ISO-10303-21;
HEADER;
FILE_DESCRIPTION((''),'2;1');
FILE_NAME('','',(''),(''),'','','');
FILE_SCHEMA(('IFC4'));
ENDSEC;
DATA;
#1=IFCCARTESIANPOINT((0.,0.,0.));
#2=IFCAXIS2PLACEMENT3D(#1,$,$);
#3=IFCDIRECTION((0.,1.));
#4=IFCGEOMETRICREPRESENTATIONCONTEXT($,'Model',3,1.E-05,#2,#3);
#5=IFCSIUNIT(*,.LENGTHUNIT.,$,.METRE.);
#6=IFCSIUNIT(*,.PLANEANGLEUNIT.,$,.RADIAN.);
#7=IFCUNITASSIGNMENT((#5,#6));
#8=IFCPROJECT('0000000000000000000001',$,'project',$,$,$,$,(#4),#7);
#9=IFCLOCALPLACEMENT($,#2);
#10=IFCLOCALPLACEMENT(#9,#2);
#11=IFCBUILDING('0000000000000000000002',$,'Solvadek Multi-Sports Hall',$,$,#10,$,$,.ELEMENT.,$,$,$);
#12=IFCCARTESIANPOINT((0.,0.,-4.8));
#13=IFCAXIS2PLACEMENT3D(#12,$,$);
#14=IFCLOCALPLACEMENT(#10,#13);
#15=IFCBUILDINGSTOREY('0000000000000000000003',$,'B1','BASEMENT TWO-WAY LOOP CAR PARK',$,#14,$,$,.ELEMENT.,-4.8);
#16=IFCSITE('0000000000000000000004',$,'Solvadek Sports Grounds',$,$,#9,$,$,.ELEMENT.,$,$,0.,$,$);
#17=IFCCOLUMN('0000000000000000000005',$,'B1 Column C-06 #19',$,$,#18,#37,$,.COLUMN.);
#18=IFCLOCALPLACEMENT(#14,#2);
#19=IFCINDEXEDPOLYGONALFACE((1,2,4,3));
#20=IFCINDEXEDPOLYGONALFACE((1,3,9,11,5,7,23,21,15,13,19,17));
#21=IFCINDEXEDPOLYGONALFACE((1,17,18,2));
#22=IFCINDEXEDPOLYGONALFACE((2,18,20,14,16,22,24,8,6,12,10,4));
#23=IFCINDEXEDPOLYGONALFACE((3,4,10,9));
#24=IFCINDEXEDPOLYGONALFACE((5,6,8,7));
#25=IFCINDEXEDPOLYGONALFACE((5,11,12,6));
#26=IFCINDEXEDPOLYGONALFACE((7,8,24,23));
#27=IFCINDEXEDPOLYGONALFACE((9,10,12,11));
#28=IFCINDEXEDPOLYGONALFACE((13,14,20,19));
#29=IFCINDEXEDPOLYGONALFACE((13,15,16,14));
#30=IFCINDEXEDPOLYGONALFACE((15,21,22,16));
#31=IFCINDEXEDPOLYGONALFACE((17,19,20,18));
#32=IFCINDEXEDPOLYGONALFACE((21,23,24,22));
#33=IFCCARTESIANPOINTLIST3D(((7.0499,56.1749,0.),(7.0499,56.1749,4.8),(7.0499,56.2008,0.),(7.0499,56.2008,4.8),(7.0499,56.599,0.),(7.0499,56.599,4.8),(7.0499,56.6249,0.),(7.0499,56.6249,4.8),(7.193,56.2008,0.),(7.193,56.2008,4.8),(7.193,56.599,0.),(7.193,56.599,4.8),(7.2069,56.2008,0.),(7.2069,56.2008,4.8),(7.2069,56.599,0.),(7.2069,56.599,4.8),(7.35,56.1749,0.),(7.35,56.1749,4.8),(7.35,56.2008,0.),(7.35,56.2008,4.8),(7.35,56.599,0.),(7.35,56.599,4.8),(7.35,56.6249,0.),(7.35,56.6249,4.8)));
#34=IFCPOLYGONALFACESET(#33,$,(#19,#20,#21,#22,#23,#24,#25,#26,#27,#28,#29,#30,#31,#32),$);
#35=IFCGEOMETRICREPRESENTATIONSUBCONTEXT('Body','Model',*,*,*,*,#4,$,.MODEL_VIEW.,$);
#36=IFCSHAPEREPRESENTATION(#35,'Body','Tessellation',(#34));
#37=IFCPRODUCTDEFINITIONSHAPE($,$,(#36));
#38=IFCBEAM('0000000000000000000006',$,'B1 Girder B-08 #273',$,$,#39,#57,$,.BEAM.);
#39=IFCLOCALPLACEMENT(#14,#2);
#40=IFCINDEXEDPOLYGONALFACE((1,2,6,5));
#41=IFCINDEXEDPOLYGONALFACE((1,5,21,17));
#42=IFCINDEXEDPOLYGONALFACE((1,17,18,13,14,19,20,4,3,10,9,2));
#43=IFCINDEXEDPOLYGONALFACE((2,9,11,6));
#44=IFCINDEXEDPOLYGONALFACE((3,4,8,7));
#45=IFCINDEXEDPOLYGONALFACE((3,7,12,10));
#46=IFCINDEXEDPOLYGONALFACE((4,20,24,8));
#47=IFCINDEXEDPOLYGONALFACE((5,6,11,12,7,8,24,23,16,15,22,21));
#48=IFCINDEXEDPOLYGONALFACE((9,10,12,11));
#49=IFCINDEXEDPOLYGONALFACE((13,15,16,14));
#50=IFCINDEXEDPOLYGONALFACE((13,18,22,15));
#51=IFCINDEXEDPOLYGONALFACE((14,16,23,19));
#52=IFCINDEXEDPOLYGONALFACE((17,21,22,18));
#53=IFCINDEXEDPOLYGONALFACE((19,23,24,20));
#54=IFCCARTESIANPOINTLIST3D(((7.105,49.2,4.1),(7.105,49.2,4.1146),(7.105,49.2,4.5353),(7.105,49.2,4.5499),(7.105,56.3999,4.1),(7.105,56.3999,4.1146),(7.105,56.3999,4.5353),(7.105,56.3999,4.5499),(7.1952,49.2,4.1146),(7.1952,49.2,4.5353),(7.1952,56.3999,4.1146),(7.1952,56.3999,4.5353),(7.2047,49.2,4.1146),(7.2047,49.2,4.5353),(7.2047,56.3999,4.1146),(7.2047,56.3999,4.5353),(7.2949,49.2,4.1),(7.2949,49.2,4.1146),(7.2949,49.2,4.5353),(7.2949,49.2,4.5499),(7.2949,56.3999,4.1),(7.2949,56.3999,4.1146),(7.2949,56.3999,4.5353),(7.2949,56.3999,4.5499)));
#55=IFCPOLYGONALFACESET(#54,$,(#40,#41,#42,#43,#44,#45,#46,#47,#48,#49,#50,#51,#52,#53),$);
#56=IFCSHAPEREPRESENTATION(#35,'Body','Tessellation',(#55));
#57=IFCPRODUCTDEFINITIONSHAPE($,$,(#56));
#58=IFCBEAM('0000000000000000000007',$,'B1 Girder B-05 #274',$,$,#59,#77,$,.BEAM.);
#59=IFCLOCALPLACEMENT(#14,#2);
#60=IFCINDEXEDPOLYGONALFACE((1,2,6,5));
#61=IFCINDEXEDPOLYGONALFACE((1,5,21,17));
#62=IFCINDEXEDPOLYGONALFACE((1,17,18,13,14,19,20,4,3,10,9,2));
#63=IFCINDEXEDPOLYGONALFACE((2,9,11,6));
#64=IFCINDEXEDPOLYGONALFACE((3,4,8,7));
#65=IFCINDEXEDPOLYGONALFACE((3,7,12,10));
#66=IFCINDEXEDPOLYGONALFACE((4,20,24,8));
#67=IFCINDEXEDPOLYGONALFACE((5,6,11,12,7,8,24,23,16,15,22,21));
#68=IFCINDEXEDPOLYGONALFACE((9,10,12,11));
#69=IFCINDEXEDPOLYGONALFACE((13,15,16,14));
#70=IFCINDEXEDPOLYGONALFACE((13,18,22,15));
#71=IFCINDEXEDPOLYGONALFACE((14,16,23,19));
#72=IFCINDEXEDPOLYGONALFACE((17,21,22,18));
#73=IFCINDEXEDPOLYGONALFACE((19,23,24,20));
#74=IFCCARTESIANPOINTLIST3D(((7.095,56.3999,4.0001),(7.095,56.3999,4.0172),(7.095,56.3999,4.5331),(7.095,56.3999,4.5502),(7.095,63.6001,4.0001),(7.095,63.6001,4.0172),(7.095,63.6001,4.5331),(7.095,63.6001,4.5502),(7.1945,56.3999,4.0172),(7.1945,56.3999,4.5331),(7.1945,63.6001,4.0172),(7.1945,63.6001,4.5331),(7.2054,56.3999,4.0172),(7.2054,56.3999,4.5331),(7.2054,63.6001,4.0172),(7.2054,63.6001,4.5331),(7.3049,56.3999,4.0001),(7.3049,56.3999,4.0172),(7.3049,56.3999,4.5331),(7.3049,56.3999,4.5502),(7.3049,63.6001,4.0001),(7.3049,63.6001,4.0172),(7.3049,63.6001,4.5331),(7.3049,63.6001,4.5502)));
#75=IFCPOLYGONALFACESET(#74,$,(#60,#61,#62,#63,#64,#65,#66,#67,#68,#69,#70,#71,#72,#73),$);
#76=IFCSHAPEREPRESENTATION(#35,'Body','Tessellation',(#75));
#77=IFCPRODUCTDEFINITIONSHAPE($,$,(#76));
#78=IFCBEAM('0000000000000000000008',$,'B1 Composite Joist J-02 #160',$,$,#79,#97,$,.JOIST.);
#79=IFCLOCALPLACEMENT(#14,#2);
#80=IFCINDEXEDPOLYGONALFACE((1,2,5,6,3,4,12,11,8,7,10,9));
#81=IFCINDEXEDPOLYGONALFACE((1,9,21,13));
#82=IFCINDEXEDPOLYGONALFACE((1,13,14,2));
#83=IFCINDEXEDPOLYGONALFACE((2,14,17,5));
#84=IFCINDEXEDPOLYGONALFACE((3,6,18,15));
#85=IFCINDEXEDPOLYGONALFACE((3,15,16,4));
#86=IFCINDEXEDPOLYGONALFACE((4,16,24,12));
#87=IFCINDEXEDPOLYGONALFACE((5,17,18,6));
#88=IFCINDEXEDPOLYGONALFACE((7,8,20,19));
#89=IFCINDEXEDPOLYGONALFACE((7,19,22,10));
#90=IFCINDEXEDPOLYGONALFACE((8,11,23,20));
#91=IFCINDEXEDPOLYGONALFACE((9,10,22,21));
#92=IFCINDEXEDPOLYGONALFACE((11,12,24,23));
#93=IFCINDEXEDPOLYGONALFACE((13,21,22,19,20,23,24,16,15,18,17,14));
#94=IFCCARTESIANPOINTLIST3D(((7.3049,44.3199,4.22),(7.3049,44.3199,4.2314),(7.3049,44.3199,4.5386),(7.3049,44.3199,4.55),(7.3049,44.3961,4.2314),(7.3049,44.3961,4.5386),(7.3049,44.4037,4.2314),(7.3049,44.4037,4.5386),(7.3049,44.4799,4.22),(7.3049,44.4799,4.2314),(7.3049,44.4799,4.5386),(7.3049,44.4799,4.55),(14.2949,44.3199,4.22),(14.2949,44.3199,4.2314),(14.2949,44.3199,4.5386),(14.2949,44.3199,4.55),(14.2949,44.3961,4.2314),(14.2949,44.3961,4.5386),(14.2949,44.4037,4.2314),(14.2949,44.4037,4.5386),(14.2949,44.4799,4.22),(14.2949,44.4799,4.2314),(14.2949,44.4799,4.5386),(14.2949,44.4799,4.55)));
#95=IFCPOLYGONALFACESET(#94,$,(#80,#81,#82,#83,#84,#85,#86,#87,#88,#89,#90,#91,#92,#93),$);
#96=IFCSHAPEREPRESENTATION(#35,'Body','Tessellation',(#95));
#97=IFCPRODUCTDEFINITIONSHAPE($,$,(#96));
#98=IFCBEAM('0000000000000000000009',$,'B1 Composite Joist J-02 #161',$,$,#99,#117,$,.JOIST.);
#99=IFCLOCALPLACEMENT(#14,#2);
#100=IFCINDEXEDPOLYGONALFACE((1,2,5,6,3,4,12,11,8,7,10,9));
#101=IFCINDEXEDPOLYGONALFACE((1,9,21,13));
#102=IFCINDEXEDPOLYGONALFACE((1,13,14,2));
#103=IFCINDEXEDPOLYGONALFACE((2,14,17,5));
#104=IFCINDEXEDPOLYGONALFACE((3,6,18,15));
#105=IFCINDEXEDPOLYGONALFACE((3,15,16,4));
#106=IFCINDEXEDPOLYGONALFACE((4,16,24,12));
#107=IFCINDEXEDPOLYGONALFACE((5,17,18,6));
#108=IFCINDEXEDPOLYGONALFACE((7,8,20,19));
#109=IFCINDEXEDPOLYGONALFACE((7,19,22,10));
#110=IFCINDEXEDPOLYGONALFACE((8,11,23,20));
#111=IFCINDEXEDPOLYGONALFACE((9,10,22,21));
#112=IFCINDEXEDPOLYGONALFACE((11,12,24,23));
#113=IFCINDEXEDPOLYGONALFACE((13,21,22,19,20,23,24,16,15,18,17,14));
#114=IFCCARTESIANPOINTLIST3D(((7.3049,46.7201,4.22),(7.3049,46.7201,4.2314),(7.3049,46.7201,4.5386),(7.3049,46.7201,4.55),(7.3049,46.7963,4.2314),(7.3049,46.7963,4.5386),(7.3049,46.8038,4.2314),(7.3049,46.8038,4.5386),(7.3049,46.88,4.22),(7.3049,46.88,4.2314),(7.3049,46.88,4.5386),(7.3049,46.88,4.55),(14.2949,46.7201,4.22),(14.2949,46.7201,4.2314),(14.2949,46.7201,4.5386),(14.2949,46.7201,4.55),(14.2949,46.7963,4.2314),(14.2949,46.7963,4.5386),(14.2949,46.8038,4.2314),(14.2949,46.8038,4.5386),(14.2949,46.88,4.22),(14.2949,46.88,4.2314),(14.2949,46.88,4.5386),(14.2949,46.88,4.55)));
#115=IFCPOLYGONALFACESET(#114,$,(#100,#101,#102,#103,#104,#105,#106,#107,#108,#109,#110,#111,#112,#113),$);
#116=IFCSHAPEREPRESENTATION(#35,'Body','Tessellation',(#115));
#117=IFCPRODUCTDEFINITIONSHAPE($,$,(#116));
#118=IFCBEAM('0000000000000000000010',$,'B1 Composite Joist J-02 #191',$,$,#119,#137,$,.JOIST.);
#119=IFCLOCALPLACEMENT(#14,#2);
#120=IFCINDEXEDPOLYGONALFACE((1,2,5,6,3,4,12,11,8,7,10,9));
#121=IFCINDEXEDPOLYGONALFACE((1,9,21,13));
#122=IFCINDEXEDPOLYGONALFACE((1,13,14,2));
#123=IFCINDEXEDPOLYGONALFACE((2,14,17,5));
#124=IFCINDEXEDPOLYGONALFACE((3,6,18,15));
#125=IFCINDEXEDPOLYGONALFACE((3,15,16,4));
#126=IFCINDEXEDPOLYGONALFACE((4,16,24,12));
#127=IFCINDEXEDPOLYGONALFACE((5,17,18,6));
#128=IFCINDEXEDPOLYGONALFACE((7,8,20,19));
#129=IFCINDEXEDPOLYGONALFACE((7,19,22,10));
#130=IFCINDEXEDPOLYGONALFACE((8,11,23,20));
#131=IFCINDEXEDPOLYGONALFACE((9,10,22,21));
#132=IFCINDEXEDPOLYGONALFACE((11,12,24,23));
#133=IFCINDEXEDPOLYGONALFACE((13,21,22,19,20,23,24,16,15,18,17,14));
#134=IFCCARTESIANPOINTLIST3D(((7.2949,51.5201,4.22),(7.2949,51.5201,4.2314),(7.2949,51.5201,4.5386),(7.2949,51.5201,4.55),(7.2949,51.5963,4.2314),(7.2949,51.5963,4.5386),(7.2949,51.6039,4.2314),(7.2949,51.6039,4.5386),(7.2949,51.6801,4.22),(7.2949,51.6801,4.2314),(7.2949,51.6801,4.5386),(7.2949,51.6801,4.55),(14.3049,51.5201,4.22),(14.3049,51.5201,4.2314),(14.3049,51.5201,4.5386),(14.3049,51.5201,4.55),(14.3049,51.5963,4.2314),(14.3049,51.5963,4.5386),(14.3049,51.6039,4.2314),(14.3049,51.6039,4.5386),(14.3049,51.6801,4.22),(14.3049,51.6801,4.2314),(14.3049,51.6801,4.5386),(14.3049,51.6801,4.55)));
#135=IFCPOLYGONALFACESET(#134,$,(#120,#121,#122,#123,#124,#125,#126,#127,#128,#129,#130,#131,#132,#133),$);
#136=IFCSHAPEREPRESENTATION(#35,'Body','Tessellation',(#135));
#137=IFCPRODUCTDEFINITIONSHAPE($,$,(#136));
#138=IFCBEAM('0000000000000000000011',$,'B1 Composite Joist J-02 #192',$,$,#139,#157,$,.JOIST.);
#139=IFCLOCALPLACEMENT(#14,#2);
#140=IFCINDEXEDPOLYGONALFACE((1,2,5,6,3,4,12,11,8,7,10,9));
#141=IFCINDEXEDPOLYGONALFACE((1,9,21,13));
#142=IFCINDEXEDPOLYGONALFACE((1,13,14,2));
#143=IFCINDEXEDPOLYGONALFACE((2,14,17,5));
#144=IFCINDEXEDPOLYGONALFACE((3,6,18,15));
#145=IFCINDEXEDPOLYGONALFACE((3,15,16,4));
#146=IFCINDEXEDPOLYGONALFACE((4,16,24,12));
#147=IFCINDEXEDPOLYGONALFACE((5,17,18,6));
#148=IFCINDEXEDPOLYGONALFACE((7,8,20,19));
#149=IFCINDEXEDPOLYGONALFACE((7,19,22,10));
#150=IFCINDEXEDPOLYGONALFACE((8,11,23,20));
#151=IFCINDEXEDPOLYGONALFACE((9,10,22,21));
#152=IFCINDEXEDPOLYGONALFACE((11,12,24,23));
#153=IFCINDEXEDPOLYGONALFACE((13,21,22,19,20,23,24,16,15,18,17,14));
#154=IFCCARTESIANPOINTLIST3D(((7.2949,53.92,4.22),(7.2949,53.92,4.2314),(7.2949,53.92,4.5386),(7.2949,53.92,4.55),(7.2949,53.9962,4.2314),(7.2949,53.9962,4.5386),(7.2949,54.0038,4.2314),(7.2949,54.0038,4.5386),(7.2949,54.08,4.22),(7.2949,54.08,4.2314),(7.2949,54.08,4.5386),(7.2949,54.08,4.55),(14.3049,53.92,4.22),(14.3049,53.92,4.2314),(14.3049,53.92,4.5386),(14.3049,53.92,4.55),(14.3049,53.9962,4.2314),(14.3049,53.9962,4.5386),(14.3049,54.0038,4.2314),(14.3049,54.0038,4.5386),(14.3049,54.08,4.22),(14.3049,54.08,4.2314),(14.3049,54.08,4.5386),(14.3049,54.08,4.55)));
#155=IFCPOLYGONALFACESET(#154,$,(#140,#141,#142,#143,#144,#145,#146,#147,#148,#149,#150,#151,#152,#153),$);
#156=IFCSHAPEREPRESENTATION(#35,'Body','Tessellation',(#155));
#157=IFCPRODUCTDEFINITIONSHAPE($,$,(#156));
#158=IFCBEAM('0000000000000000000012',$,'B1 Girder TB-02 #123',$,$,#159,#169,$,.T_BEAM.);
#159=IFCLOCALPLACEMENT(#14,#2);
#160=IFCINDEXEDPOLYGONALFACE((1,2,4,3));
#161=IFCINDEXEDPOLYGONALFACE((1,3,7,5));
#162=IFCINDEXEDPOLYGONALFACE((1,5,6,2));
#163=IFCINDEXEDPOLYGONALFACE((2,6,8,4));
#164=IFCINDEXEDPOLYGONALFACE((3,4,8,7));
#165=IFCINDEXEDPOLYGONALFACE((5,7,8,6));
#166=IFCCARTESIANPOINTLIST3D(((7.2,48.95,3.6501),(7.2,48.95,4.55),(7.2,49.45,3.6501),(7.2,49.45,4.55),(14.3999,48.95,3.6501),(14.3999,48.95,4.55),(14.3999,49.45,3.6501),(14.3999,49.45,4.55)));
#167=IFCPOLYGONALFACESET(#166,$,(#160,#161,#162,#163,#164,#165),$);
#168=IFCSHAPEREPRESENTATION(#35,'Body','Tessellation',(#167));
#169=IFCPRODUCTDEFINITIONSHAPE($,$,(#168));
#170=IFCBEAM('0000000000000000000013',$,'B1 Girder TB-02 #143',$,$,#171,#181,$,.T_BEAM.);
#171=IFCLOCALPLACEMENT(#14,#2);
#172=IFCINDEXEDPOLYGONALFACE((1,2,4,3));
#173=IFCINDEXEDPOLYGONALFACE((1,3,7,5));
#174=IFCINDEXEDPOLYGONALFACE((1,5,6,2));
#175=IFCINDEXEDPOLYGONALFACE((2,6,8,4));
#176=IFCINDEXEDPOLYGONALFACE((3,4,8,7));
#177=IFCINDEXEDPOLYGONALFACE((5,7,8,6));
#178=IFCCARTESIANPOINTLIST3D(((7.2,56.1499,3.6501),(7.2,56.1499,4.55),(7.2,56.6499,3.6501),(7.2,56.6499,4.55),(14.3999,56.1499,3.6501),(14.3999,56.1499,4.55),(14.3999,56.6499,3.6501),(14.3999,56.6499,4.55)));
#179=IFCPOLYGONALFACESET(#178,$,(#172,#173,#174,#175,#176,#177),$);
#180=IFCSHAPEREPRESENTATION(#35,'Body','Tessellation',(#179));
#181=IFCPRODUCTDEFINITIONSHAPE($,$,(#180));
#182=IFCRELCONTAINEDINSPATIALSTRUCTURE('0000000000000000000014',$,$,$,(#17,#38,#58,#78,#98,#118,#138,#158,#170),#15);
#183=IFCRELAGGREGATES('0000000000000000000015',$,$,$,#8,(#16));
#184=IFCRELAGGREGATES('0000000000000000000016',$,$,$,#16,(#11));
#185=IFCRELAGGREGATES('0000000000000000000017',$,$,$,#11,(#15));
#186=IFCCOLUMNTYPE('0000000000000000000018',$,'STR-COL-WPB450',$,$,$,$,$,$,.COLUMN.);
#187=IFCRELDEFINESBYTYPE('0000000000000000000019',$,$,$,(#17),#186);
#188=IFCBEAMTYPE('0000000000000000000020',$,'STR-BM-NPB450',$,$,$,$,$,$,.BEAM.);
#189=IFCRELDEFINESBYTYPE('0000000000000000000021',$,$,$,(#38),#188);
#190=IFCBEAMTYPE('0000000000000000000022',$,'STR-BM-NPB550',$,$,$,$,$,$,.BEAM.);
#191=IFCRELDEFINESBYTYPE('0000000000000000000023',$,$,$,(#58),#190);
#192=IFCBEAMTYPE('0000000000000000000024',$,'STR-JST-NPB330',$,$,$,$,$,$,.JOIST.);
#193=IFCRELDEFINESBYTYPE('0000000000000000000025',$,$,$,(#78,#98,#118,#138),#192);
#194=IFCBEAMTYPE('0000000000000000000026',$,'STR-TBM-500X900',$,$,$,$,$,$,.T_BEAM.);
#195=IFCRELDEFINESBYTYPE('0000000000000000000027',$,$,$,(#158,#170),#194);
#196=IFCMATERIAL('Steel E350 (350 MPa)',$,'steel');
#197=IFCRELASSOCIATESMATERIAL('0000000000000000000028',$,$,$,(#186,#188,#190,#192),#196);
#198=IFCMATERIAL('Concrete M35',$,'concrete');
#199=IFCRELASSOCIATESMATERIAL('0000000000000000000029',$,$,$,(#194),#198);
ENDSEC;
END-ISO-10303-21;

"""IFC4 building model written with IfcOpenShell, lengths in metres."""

from ifc_helpers import new_model, si_unit, direction, frame, origin, origin_2d, place, context, subcontext, project, spatial, rectangle, i_section, extrude, material, material_profile, profile_set, type_object, element, save


model = new_model("IFC4")

# Units and contexts
model_context = context("Model", 3, precision=1e-05, world=origin(), true_north=direction((0.0, 1.0)))
body_context = subcontext(model_context, "Body", "Model", "MODEL_VIEW")
ifc_project = project(units=[si_unit("LENGTHUNIT", "METRE"), si_unit("PLANEANGLEUNIT", "RADIAN")], contexts=[model_context])

# Site, building, storey
site_placement = place(None, origin())
site = spatial("IfcSite", under=ifc_project, at=site_placement, Name="Solvadek Sports Grounds", CompositionType="ELEMENT", RefElevation=0.0)
building_placement = place(site_placement, origin())
building = spatial("IfcBuilding", under=site, at=building_placement, Name="Solvadek Multi-Sports Hall", CompositionType="ELEMENT")
storey_placement = place(building_placement, frame((0.0, 0.0, -4.8)))
storey = spatial("IfcBuildingStorey", under=building, at=storey_placement, Name="B1", Description="BASEMENT TWO-WAY LOOP CAR PARK", CompositionType="ELEMENT", Elevation=-4.8)

# Shared definitions
ifc_material_1 = material(Name="Concrete M35", Category="concrete")

# Column
ifc_material_2 = material(Name="Steel E350 (350 MPa)", Category="steel")
ifc_material_profile_1 = material_profile(ifc_material_2, i_section(OverallWidth=0.3, OverallDepth=0.45, WebThickness=0.0139, FlangeThickness=0.0259, at=origin_2d()), Name="WPB 450")
ifc_profile_set_1 = profile_set([ifc_material_profile_1], Name="Steel E350 (350 MPa)")
column_type = type_object("IfcColumnType", Name="STR-COL-WPB450", PredefinedType="COLUMN", material=ifc_profile_set_1)
for number, where, z_axis, x_axis, name in (
    (1, (7.2, 56.3999, 0.0), (0.0, 0.0, 1.0), (1.0, 0.0, 0.0), "B1 Column C-06 #19"),
):
    element("IfcColumn", number, at=place(storey_placement, frame(where, z_axis=z_axis, x_axis=x_axis)), inside=storey, type_object=column_type, Name=name, PredefinedType="COLUMN", context=body_context, shape_type="SweptSolid", body=[
        extrude(i_section(OverallWidth=0.3, OverallDepth=0.45, WebThickness=0.0139, FlangeThickness=0.0259, at=origin_2d()), origin(), (0.0, 0.0, 1.0), 4.8),
    ])

# Beams
ifc_material_profile_2 = material_profile(ifc_material_2, i_section(OverallWidth=0.1899, OverallDepth=0.45, WebThickness=0.0095, FlangeThickness=0.0146, at=origin_2d()), Name="NPB 450")
ifc_profile_set_2 = profile_set([ifc_material_profile_2], Name="Steel E350 (350 MPa)")
beam_type_1 = type_object("IfcBeamType", Name="STR-BM-NPB450", PredefinedType="BEAM", material=ifc_profile_set_2)
beam_1_placement = place(storey_placement, frame((7.2, 49.2, 4.325), z_axis=(0.0, 1.0, 0.0), x_axis=(-1.0, 0.0, 0.0)))
element("IfcBeam", 2, at=beam_1_placement, inside=storey, type_object=beam_type_1, Name="B1 Girder B-08 #273", PredefinedType="BEAM", context=body_context, shape_type="SweptSolid", body=[
    extrude(i_section(OverallWidth=0.1899, OverallDepth=0.45, WebThickness=0.0095, FlangeThickness=0.0146, at=origin_2d()), origin(), (0.0, 0.0, 1.0), 7.2),
])
ifc_material_profile_3 = material_profile(ifc_material_2, i_section(OverallWidth=0.21, OverallDepth=0.55, WebThickness=0.011, FlangeThickness=0.0171, at=origin_2d()), Name="NPB 550")
ifc_profile_set_3 = profile_set([ifc_material_profile_3], Name="Steel E350 (350 MPa)")
beam_type_2 = type_object("IfcBeamType", Name="STR-BM-NPB550", PredefinedType="BEAM", material=ifc_profile_set_3)
beam_2_placement = place(storey_placement, frame((7.2, 56.3999, 4.2751), z_axis=(0.0, 1.0, 0.0), x_axis=(-1.0, 0.0, 0.0)))
element("IfcBeam", 3, at=beam_2_placement, inside=storey, type_object=beam_type_2, Name="B1 Girder B-05 #274", PredefinedType="BEAM", context=body_context, shape_type="SweptSolid", body=[
    extrude(i_section(OverallWidth=0.21, OverallDepth=0.55, WebThickness=0.011, FlangeThickness=0.0171, at=origin_2d()), origin(), (0.0, 0.0, 1.0), 7.2002),
])
ifc_material_profile_4 = material_profile(ifc_material_2, i_section(OverallWidth=0.1599, OverallDepth=0.3301, WebThickness=0.0076, FlangeThickness=0.0115, at=origin_2d()), Name="NPB 330")
ifc_profile_set_4 = profile_set([ifc_material_profile_4], Name="Steel E350 (350 MPa)")
beam_type_3 = type_object("IfcBeamType", Name="STR-JST-NPB330", PredefinedType="JOIST", material=ifc_profile_set_4)
for number, where, z_axis, x_axis, name in (
    (4, (7.3049, 44.3999, 4.385), (1.0, 0.0, 0.0), (0.0, 1.0, 0.0), "B1 Composite Joist J-02 #160"),
    (5, (7.3049, 46.8, 4.385), (1.0, 0.0, 0.0), (0.0, 1.0, 0.0), "B1 Composite Joist J-02 #161"),
):
    element("IfcBeam", number, at=place(storey_placement, frame(where, z_axis=z_axis, x_axis=x_axis)), inside=storey, type_object=beam_type_3, Name=name, PredefinedType="JOIST", context=body_context, shape_type="SweptSolid", body=[
        extrude(i_section(OverallWidth=0.1599, OverallDepth=0.3301, WebThickness=0.0076, FlangeThickness=0.0115, at=origin_2d()), origin(), (0.0, 0.0, 1.0), 6.99),
    ])
for number, where, z_axis, x_axis, name in (
    (6, (7.2949, 51.6001, 4.385), (1.0, 0.0, 0.0), (0.0, 1.0, 0.0), "B1 Composite Joist J-02 #191"),
    (7, (7.2949, 54.0, 4.385), (1.0, 0.0, 0.0), (0.0, 1.0, 0.0), "B1 Composite Joist J-02 #192"),
):
    element("IfcBeam", number, at=place(storey_placement, frame(where, z_axis=z_axis, x_axis=x_axis)), inside=storey, type_object=beam_type_3, Name=name, PredefinedType="JOIST", context=body_context, shape_type="SweptSolid", body=[
        extrude(i_section(OverallWidth=0.1599, OverallDepth=0.3301, WebThickness=0.0076, FlangeThickness=0.0115, at=origin_2d()), origin(), (0.0, 0.0, 1.0), 7.01),
    ])
ifc_material_profile_5 = material_profile(ifc_material_1, rectangle(XDim=0.5, YDim=0.8999, at=origin_2d()), Name="RC T-BEAM 500x900")
ifc_profile_set_5 = profile_set([ifc_material_profile_5], Name="Concrete M35")
beam_type_4 = type_object("IfcBeamType", Name="STR-TBM-500X900", PredefinedType="T_BEAM", material=ifc_profile_set_5)
for number, where, z_axis, x_axis, name in (
    (8, (7.2, 49.2, 4.1001), (1.0, 0.0, 0.0), (0.0, 1.0, 0.0), "B1 Girder TB-02 #123"),
    (9, (7.2, 56.3999, 4.1001), (1.0, 0.0, 0.0), (0.0, 1.0, 0.0), "B1 Girder TB-02 #143"),
):
    element("IfcBeam", number, at=place(storey_placement, frame(where, z_axis=z_axis, x_axis=x_axis)), inside=storey, type_object=beam_type_4, Name=name, PredefinedType="T_BEAM", context=body_context, shape_type="SweptSolid", body=[
        extrude(rectangle(XDim=0.5, YDim=0.8999, at=origin_2d()), origin(), (0.0, 0.0, 1.0), 7.2),
    ])

save(model, "model.ifc")
